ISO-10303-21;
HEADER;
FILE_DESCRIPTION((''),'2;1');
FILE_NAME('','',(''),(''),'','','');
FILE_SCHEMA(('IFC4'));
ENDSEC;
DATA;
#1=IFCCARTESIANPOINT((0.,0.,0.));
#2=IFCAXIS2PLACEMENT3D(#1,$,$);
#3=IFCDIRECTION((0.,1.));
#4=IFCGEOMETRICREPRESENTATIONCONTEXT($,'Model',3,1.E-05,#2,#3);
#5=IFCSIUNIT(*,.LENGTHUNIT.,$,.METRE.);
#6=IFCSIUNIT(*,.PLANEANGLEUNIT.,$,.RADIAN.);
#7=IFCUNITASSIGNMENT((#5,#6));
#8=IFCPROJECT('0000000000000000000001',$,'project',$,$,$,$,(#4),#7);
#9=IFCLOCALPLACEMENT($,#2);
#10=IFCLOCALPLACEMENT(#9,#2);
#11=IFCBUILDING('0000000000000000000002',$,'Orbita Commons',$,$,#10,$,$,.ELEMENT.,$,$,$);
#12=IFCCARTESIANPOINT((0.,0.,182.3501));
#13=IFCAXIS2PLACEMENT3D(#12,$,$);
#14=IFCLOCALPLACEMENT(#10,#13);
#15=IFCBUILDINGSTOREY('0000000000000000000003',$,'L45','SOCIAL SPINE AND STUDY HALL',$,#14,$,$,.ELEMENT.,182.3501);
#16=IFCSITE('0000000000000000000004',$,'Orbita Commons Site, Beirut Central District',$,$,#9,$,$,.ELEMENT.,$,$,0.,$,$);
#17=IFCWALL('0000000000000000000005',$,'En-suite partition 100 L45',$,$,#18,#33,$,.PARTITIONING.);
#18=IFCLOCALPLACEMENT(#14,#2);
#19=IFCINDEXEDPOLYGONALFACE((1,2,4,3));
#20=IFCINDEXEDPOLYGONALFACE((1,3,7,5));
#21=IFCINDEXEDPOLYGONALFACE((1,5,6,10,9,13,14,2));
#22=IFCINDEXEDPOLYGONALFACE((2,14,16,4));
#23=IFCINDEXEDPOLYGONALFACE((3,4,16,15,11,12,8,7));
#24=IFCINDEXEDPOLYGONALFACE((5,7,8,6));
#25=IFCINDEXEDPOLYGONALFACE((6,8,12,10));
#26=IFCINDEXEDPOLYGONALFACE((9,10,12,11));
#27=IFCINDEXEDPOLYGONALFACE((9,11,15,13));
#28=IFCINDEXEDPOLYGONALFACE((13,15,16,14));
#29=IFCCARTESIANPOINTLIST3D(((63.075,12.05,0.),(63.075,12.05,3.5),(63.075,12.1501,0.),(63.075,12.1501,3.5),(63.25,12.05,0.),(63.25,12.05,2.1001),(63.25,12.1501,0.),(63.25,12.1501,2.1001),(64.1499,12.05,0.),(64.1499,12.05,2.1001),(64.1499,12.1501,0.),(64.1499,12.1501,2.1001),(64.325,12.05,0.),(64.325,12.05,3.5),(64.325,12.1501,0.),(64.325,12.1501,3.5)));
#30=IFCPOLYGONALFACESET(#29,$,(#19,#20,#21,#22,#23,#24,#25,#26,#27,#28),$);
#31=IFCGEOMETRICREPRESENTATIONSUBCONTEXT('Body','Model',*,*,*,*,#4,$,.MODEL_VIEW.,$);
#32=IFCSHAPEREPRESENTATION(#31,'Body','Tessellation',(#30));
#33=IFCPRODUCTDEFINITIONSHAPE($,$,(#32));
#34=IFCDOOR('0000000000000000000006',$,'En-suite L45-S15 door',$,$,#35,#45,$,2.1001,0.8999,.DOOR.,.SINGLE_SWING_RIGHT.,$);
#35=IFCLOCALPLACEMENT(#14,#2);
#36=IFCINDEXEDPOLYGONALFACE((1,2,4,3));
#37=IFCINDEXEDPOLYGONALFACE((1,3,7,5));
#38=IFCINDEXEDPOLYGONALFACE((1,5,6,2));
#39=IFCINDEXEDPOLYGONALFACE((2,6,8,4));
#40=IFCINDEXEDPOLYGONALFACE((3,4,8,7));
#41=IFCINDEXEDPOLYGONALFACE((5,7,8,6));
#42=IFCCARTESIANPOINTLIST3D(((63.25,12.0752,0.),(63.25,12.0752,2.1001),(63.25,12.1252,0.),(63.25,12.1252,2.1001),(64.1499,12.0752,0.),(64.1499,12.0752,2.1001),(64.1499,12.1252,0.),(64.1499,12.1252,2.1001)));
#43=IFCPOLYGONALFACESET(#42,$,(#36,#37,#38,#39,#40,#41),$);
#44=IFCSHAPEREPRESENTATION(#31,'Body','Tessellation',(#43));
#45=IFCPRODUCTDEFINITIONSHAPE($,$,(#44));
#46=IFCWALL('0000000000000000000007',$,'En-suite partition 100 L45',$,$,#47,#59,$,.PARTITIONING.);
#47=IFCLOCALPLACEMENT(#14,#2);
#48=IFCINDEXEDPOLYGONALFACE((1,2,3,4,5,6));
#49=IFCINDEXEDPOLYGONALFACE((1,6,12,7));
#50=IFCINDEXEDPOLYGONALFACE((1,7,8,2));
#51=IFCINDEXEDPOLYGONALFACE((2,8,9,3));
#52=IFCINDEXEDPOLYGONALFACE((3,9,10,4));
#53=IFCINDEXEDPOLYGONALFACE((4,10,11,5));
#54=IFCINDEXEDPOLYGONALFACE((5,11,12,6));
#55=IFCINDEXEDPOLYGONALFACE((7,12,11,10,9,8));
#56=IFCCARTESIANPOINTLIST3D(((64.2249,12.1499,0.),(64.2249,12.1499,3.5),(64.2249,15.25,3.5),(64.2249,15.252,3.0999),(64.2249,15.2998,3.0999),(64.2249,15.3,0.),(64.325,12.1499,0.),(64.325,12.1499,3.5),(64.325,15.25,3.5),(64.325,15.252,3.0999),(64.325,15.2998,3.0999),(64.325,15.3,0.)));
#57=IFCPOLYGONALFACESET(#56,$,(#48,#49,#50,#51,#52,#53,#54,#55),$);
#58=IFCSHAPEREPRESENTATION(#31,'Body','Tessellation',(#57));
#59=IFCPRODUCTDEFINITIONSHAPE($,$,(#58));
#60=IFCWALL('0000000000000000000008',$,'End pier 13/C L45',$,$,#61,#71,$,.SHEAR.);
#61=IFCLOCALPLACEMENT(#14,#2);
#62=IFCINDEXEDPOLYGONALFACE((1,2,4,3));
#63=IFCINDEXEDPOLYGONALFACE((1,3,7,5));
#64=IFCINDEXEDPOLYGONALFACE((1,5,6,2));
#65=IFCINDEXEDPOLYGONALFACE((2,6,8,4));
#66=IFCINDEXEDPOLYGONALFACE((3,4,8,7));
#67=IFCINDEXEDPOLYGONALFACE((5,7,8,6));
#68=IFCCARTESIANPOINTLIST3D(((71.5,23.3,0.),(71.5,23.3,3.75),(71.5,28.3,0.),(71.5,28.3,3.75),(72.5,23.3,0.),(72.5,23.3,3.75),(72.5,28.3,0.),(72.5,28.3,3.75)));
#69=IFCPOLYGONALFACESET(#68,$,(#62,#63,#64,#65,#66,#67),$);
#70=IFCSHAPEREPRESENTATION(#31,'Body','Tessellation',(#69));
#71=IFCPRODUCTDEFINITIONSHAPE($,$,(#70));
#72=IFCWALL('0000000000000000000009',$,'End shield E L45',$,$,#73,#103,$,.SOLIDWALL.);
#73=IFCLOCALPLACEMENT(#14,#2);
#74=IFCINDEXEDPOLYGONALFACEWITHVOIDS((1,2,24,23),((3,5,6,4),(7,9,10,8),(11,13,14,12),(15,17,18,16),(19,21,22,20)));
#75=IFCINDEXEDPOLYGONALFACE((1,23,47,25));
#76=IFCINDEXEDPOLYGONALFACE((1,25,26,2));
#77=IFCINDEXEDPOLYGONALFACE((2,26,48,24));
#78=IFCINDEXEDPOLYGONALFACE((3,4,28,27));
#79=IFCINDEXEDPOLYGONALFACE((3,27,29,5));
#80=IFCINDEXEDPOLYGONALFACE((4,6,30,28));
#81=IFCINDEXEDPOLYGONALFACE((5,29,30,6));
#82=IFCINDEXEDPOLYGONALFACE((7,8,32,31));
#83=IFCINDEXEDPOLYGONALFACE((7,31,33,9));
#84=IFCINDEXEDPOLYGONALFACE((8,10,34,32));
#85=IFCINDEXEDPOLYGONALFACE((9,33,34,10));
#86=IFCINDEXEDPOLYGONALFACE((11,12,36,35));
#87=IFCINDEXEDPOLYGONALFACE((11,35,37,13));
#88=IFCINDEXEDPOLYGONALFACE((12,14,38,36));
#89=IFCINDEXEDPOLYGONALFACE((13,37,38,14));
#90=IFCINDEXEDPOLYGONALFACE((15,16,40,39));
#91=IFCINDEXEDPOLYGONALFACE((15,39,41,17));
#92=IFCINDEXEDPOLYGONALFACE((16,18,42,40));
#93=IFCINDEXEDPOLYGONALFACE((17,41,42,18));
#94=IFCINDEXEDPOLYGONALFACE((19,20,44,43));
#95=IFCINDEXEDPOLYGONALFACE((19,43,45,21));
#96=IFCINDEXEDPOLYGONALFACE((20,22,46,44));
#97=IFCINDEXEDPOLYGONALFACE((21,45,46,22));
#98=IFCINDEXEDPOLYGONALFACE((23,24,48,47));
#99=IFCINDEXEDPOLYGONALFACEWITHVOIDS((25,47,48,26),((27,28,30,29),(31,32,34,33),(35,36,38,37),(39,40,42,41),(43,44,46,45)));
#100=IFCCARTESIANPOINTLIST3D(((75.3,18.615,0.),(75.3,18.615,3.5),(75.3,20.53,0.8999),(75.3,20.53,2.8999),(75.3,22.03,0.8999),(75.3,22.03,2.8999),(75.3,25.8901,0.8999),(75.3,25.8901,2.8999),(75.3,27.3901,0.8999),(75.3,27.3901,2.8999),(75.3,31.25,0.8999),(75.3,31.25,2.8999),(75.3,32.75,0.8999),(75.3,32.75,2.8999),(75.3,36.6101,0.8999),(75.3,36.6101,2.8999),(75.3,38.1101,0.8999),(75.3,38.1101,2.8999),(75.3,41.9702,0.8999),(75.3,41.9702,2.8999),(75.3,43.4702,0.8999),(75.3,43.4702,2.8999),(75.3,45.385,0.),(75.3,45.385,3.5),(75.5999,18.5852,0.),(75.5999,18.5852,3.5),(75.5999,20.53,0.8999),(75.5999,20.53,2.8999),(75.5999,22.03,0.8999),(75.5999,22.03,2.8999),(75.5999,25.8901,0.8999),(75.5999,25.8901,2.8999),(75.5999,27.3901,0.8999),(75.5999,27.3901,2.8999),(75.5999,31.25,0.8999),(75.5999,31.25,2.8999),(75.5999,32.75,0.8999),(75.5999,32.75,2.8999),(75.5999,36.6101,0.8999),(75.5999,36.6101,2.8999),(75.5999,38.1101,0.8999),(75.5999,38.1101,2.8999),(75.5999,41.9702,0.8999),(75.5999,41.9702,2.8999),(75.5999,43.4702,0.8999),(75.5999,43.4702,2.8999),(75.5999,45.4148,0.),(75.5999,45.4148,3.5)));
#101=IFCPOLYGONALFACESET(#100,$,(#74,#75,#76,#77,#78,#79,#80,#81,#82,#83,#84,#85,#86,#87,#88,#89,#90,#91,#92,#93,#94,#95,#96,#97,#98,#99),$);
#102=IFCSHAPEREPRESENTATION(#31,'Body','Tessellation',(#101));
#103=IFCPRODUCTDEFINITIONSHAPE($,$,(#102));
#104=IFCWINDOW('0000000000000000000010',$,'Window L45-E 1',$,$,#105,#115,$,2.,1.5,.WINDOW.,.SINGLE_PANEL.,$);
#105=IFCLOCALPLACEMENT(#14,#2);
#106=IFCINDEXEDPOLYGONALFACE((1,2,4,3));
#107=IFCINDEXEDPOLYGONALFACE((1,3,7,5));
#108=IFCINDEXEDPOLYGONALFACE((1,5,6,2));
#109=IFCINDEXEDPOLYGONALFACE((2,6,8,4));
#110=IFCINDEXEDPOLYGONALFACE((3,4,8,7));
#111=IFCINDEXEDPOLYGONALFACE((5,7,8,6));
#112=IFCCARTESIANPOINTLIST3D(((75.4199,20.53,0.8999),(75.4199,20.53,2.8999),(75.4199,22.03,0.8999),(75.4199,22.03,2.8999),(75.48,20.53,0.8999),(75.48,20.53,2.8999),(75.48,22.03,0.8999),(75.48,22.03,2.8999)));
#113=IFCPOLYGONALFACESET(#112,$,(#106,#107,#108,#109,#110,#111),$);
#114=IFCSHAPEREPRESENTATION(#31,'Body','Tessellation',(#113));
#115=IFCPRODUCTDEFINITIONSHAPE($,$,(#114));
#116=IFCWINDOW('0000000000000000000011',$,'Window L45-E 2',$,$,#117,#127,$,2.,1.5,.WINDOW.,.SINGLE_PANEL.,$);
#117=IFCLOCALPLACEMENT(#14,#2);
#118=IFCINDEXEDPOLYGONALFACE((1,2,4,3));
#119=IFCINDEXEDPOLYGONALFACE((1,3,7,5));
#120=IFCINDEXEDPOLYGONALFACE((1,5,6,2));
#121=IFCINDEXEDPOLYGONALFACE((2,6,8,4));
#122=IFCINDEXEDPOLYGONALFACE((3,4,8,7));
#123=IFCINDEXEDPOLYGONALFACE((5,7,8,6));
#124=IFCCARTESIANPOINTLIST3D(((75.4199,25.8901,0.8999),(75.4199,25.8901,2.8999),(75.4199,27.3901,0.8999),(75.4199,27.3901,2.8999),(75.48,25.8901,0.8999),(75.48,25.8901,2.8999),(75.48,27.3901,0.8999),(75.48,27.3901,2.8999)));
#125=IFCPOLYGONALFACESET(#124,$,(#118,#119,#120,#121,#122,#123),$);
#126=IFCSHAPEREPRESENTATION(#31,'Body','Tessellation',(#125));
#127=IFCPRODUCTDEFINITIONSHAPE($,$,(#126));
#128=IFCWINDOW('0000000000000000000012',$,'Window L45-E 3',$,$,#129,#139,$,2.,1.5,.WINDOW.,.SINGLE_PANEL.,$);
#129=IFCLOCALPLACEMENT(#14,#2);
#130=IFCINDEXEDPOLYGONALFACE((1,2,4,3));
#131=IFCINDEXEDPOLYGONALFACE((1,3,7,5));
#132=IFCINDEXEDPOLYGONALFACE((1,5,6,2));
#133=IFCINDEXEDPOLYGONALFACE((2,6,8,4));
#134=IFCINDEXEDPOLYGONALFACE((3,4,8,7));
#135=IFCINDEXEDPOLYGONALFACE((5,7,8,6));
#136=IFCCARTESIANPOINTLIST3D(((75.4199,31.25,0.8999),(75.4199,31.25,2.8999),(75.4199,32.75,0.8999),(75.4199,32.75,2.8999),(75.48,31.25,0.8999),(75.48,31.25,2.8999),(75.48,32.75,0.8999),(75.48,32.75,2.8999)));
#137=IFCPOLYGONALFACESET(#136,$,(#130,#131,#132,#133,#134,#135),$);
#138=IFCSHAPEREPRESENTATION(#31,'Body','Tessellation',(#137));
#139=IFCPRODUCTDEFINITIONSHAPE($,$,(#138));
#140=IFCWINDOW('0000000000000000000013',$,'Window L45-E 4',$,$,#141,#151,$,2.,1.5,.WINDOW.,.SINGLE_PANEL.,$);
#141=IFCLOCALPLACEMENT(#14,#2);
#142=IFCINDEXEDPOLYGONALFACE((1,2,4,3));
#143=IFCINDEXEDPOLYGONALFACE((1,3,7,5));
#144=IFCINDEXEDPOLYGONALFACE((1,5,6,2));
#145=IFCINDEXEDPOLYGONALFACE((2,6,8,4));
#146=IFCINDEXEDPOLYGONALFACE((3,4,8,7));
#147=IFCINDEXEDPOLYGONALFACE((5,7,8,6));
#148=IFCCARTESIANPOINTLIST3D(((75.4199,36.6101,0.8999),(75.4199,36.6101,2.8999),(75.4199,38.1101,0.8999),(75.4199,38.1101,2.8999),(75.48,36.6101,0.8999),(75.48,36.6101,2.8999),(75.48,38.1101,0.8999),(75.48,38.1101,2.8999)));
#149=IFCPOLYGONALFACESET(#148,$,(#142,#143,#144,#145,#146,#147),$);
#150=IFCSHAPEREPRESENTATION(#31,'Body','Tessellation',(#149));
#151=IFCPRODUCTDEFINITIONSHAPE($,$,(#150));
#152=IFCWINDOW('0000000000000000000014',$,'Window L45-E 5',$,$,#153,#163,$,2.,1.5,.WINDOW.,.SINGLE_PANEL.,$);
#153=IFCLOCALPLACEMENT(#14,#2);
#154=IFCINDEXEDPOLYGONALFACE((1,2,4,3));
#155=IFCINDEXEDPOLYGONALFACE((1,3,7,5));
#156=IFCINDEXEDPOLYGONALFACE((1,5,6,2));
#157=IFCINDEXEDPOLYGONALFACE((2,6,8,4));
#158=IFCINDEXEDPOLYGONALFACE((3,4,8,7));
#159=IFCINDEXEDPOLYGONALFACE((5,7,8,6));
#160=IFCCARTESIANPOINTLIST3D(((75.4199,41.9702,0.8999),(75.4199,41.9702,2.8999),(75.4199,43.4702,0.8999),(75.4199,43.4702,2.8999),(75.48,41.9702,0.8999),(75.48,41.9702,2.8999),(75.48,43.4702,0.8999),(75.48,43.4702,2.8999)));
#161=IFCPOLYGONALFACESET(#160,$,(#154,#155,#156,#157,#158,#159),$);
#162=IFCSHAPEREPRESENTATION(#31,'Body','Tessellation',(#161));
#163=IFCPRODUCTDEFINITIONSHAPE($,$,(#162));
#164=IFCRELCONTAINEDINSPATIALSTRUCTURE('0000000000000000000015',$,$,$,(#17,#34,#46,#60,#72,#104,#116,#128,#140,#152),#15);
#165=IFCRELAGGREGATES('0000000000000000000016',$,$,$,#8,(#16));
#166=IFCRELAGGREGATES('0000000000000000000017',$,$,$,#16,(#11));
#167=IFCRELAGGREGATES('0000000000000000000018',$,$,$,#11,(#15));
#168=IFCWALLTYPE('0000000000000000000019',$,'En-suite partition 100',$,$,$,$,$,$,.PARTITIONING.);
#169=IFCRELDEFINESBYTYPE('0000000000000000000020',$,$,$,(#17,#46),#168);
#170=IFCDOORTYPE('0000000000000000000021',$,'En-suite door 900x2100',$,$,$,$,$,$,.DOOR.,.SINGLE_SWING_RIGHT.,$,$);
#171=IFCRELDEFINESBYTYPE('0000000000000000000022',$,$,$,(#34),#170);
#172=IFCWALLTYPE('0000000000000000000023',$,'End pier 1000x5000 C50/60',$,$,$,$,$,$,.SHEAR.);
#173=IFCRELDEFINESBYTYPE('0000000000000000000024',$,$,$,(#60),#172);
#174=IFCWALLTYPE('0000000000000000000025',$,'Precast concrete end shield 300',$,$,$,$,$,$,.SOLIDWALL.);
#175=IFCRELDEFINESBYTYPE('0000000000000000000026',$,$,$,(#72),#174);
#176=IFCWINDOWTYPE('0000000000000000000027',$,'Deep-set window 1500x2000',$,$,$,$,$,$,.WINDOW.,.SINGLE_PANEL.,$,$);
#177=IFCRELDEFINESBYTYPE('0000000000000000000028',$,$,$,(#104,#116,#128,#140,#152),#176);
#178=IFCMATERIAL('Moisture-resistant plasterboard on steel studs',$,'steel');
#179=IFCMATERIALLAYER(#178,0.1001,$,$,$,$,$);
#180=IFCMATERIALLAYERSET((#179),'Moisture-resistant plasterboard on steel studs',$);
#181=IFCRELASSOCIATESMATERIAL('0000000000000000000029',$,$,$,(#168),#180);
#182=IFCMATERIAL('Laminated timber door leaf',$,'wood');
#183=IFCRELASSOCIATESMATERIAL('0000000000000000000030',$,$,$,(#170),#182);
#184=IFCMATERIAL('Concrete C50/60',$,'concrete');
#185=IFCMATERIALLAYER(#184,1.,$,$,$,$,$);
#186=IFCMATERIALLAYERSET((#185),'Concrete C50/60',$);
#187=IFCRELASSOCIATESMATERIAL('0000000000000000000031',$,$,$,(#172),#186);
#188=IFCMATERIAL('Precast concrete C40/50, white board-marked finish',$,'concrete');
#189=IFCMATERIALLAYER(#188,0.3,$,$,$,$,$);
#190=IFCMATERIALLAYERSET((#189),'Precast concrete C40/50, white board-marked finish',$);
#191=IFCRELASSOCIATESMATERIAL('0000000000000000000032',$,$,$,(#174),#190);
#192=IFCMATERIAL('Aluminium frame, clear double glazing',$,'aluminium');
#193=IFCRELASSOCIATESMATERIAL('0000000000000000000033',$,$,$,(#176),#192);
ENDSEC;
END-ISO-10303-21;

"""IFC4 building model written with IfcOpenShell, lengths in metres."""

from ifc_helpers import new_model, si_unit, direction, frame, frame_2d, origin, place, context, subcontext, project, spatial, polyline, rectangle, outline, extrude, material, layer, layer_set, type_object, element, fill, save


model = new_model("IFC4")

# Units and contexts
model_context = context("Model", 3, precision=1e-05, world=origin(), true_north=direction((0.0, 1.0)))
body_context = subcontext(model_context, "Body", "Model", "MODEL_VIEW")
ifc_project = project(units=[si_unit("LENGTHUNIT", "METRE"), si_unit("PLANEANGLEUNIT", "RADIAN")], contexts=[model_context])

# Site, building, storey
site_placement = place(None, origin())
site = spatial("IfcSite", under=ifc_project, at=site_placement, Name="Orbita Commons Site, Beirut Central District", CompositionType="ELEMENT", RefElevation=0.0)
building_placement = place(site_placement, origin())
building = spatial("IfcBuilding", under=site, at=building_placement, Name="Orbita Commons", CompositionType="ELEMENT")
storey_placement = place(building_placement, frame((0.0, 0.0, 182.3501)))
storey = spatial("IfcBuildingStorey", under=building, at=storey_placement, Name="L45", Description="SOCIAL SPINE AND STUDY HALL", CompositionType="ELEMENT", Elevation=182.3501)

# Wall, opening, door
ifc_material_1 = material(Name="Moisture-resistant plasterboard on steel studs", Category="steel")
ifc_layer_1 = layer(ifc_material_1, 0.1001)
ifc_layer_set_1 = layer_set([ifc_layer_1], Name="Moisture-resistant plasterboard on steel studs")
wall_type_1 = type_object("IfcWallType", Name="En-suite partition 100", PredefinedType="PARTITIONING", material=ifc_layer_set_1)
wall_1_placement = place(storey_placement, frame((64.325, 12.1001, 0.0), z_axis=(0.0, 0.0, 1.0), x_axis=(-1.0, 0.0, 0.0)))
wall_1 = element("IfcWall", 1, at=wall_1_placement, inside=storey, type_object=wall_type_1, Name="En-suite partition 100 L45", PredefinedType="PARTITIONING", context=body_context, shape_type="SweptSolid", body=[
    extrude(rectangle(XDim=1.25, YDim=0.1001, at=frame_2d((0.625, 0.0))), origin(), (0.0, 0.0, 1.0), 3.5),
])
opening_1_placement = place(wall_1_placement, frame((0.175, 0.0, 0.0)))
opening_1 = element("IfcOpeningElement", 2, at=opening_1_placement, cuts=wall_1, PredefinedType="OPENING", context=body_context, shape_type="SweptSolid", body=[
    extrude(rectangle(XDim=0.8999, YDim=2.1001, at=frame_2d((0.45, 1.05))), frame((0.0, 0.0601, 0.0), z_axis=(0.0, -1.0, 0.0), x_axis=(1.0, 0.0, 0.0)), (0.0, 0.0, 1.0), 0.1201),
])
ifc_material_2 = material(Name="Laminated timber door leaf", Category="wood")
door_type_1 = type_object("IfcDoorType", Name="En-suite door 900x2100", OperationType="SINGLE_SWING_RIGHT", PredefinedType="DOOR", material=ifc_material_2)
door_1_placement = place(opening_1_placement, origin())
door_1 = element("IfcDoor", 3, at=door_1_placement, inside=storey, type_object=door_type_1, Name="En-suite L45-S15 door", OperationType="SINGLE_SWING_RIGHT", OverallHeight=2.1001, OverallWidth=0.8999, PredefinedType="DOOR", context=body_context, shape_type="SweptSolid", body=[
    extrude(rectangle(XDim=0.8999, YDim=2.1001, at=frame_2d((0.45, 1.05))), frame((0.0, 0.0249, 0.0), z_axis=(0.0, -1.0, 0.0), x_axis=(1.0, 0.0, 0.0)), (0.0, 0.0, 1.0), 0.05),
])
fill(opening_1, door_1)

# Walls
wall_2_placement = place(storey_placement, frame((64.2749, 12.1499, 0.0), z_axis=(0.0, 0.0, 1.0), x_axis=(0.0, 1.0, 0.0)))
element("IfcWall", 4, at=wall_2_placement, inside=storey, type_object=wall_type_1, Name="En-suite partition 100 L45", PredefinedType="PARTITIONING", context=body_context, shape_type="SweptSolid", body=[
    extrude(outline(polyline([(0.0, 0.0), (3.1501, 0.0), (3.1499, 3.0999), (3.1021, 3.0999), (3.1001, 3.5), (0.0, 3.5), (0.0, 0.0)])), frame((0.0, 0.05, 0.0), z_axis=(0.0, -1.0, 0.0), x_axis=(1.0, 0.0, 0.0)), (0.0, 0.0, 1.0), 0.1001),
])
ifc_material_3 = material(Name="Concrete C50/60", Category="concrete")
ifc_layer_2 = layer(ifc_material_3, 1.0)
ifc_layer_set_2 = layer_set([ifc_layer_2], Name="Concrete C50/60")
wall_type_2 = type_object("IfcWallType", Name="End pier 1000x5000 C50/60", PredefinedType="SHEAR", material=ifc_layer_set_2)
wall_3_placement = place(storey_placement, frame((72.0, 23.3, 0.0), z_axis=(0.0, 0.0, 1.0), x_axis=(0.0, 1.0, 0.0)))
element("IfcWall", 5, at=wall_3_placement, inside=storey, type_object=wall_type_2, Name="End pier 13/C L45", PredefinedType="SHEAR", context=body_context, shape_type="SweptSolid", body=[
    extrude(rectangle(XDim=5.0, YDim=1.0, at=frame_2d((2.5, 0.0))), origin(), (0.0, 0.0, 1.0), 3.75),
])

# Wall, openings, windows
ifc_material_4 = material(Name="Precast concrete C40/50, white board-marked finish", Category="concrete")
ifc_layer_3 = layer(ifc_material_4, 0.3)
ifc_layer_set_3 = layer_set([ifc_layer_3], Name="Precast concrete C40/50, white board-marked finish")
wall_type_3 = type_object("IfcWallType", Name="Precast concrete end shield 300", PredefinedType="SOLIDWALL", material=ifc_layer_set_3)
wall_4_placement = place(storey_placement, frame((75.45, 18.6001, 0.0), z_axis=(0.0, 0.0, 1.0), x_axis=(0.0, 1.0, 0.0)))
wall_4 = element("IfcWall", 6, at=wall_4_placement, inside=storey, type_object=wall_type_3, Name="End shield E L45", PredefinedType="SOLIDWALL", context=body_context, shape_type="SweptSolid", body=[
    extrude(outline(polyline([(-0.0149, -0.1499), (26.8147, -0.1499), (26.7849, 0.1499), (0.0149, 0.1499), (-0.0149, -0.1499)])), origin(), (0.0, 0.0, 1.0), 3.5),
])
opening_2_placement = place(wall_4_placement, frame((1.9299, 0.0, 0.8999)))
opening_2 = element("IfcOpeningElement", 7, at=opening_2_placement, cuts=wall_4, PredefinedType="OPENING", context=body_context, shape_type="SweptSolid", body=[
    extrude(rectangle(XDim=1.5, YDim=2.0, at=frame_2d((0.75, 1.0))), frame((0.0, 0.1599, 0.0), z_axis=(0.0, -1.0, 0.0), x_axis=(1.0, 0.0, 0.0)), (0.0, 0.0, 1.0), 0.3201),
])
opening_3_placement = place(wall_4_placement, frame((7.29, 0.0, 0.8999)))
opening_3 = element("IfcOpeningElement", 8, at=opening_3_placement, cuts=wall_4, PredefinedType="OPENING", context=body_context, shape_type="SweptSolid", body=[
    extrude(rectangle(XDim=1.5, YDim=2.0, at=frame_2d((0.75, 1.0))), frame((0.0, 0.1599, 0.0), z_axis=(0.0, -1.0, 0.0), x_axis=(1.0, 0.0, 0.0)), (0.0, 0.0, 1.0), 0.3201),
])
opening_4_placement = place(wall_4_placement, frame((12.6499, 0.0, 0.8999)))
opening_4 = element("IfcOpeningElement", 9, at=opening_4_placement, cuts=wall_4, PredefinedType="OPENING", context=body_context, shape_type="SweptSolid", body=[
    extrude(rectangle(XDim=1.5, YDim=2.0, at=frame_2d((0.75, 1.0))), frame((0.0, 0.1599, 0.0), z_axis=(0.0, -1.0, 0.0), x_axis=(1.0, 0.0, 0.0)), (0.0, 0.0, 1.0), 0.3201),
])
opening_5_placement = place(wall_4_placement, frame((18.01, 0.0, 0.8999)))
opening_5 = element("IfcOpeningElement", 10, at=opening_5_placement, cuts=wall_4, PredefinedType="OPENING", context=body_context, shape_type="SweptSolid", body=[
    extrude(rectangle(XDim=1.5, YDim=2.0, at=frame_2d((0.75, 1.0))), frame((0.0, 0.1599, 0.0), z_axis=(0.0, -1.0, 0.0), x_axis=(1.0, 0.0, 0.0)), (0.0, 0.0, 1.0), 0.3201),
])
opening_6_placement = place(wall_4_placement, frame((23.3701, 0.0, 0.8999)))
opening_6 = element("IfcOpeningElement", 11, at=opening_6_placement, cuts=wall_4, PredefinedType="OPENING", context=body_context, shape_type="SweptSolid", body=[
    extrude(rectangle(XDim=1.5, YDim=2.0, at=frame_2d((0.75, 1.0))), frame((0.0, 0.1599, 0.0), z_axis=(0.0, -1.0, 0.0), x_axis=(1.0, 0.0, 0.0)), (0.0, 0.0, 1.0), 0.3201),
])
ifc_material_5 = material(Name="Aluminium frame, clear double glazing", Category="aluminium")
window_type_1 = type_object("IfcWindowType", Name="Deep-set window 1500x2000", PartitioningType="SINGLE_PANEL", PredefinedType="WINDOW", material=ifc_material_5)
window_1_placement = place(opening_2_placement, origin())
window_1 = element("IfcWindow", 12, at=window_1_placement, inside=storey, type_object=window_type_1, Name="Window L45-E 1", OverallHeight=2.0, OverallWidth=1.5, PartitioningType="SINGLE_PANEL", PredefinedType="WINDOW", context=body_context, shape_type="SweptSolid", body=[
    extrude(rectangle(XDim=1.5, YDim=2.0, at=frame_2d((0.75, 1.0))), frame((0.0, 0.03, 0.0), z_axis=(0.0, -1.0, 0.0), x_axis=(1.0, 0.0, 0.0)), (0.0, 0.0, 1.0), 0.0601),
])
fill(opening_2, window_1)
window_2_placement = place(opening_3_placement, origin())
window_2 = element("IfcWindow", 13, at=window_2_placement, inside=storey, type_object=window_type_1, Name="Window L45-E 2", OverallHeight=2.0, OverallWidth=1.5, PartitioningType="SINGLE_PANEL", PredefinedType="WINDOW", context=body_context, shape_type="SweptSolid", body=[
    extrude(rectangle(XDim=1.5, YDim=2.0, at=frame_2d((0.75, 1.0))), frame((0.0, 0.03, 0.0), z_axis=(0.0, -1.0, 0.0), x_axis=(1.0, 0.0, 0.0)), (0.0, 0.0, 1.0), 0.0601),
])
fill(opening_3, window_2)
window_3_placement = place(opening_4_placement, origin())
window_3 = element("IfcWindow", 14, at=window_3_placement, inside=storey, type_object=window_type_1, Name="Window L45-E 3", OverallHeight=2.0, OverallWidth=1.5, PartitioningType="SINGLE_PANEL", PredefinedType="WINDOW", context=body_context, shape_type="SweptSolid", body=[
    extrude(rectangle(XDim=1.5, YDim=2.0, at=frame_2d((0.75, 1.0))), frame((0.0, 0.03, 0.0), z_axis=(0.0, -1.0, 0.0), x_axis=(1.0, 0.0, 0.0)), (0.0, 0.0, 1.0), 0.0601),
])
fill(opening_4, window_3)
window_4_placement = place(opening_5_placement, origin())
window_4 = element("IfcWindow", 15, at=window_4_placement, inside=storey, type_object=window_type_1, Name="Window L45-E 4", OverallHeight=2.0, OverallWidth=1.5, PartitioningType="SINGLE_PANEL", PredefinedType="WINDOW", context=body_context, shape_type="SweptSolid", body=[
    extrude(rectangle(XDim=1.5, YDim=2.0, at=frame_2d((0.75, 1.0))), frame((0.0, 0.03, 0.0), z_axis=(0.0, -1.0, 0.0), x_axis=(1.0, 0.0, 0.0)), (0.0, 0.0, 1.0), 0.0601),
])
fill(opening_5, window_4)
window_5_placement = place(opening_6_placement, origin())
window_5 = element("IfcWindow", 16, at=window_5_placement, inside=storey, type_object=window_type_1, Name="Window L45-E 5", OverallHeight=2.0, OverallWidth=1.5, PartitioningType="SINGLE_PANEL", PredefinedType="WINDOW", context=body_context, shape_type="SweptSolid", body=[
    extrude(rectangle(XDim=1.5, YDim=2.0, at=frame_2d((0.75, 1.0))), frame((0.0, 0.03, 0.0), z_axis=(0.0, -1.0, 0.0), x_axis=(1.0, 0.0, 0.0)), (0.0, 0.0, 1.0), 0.0601),
])
fill(opening_6, window_5)

save(model, "model.ifc")
